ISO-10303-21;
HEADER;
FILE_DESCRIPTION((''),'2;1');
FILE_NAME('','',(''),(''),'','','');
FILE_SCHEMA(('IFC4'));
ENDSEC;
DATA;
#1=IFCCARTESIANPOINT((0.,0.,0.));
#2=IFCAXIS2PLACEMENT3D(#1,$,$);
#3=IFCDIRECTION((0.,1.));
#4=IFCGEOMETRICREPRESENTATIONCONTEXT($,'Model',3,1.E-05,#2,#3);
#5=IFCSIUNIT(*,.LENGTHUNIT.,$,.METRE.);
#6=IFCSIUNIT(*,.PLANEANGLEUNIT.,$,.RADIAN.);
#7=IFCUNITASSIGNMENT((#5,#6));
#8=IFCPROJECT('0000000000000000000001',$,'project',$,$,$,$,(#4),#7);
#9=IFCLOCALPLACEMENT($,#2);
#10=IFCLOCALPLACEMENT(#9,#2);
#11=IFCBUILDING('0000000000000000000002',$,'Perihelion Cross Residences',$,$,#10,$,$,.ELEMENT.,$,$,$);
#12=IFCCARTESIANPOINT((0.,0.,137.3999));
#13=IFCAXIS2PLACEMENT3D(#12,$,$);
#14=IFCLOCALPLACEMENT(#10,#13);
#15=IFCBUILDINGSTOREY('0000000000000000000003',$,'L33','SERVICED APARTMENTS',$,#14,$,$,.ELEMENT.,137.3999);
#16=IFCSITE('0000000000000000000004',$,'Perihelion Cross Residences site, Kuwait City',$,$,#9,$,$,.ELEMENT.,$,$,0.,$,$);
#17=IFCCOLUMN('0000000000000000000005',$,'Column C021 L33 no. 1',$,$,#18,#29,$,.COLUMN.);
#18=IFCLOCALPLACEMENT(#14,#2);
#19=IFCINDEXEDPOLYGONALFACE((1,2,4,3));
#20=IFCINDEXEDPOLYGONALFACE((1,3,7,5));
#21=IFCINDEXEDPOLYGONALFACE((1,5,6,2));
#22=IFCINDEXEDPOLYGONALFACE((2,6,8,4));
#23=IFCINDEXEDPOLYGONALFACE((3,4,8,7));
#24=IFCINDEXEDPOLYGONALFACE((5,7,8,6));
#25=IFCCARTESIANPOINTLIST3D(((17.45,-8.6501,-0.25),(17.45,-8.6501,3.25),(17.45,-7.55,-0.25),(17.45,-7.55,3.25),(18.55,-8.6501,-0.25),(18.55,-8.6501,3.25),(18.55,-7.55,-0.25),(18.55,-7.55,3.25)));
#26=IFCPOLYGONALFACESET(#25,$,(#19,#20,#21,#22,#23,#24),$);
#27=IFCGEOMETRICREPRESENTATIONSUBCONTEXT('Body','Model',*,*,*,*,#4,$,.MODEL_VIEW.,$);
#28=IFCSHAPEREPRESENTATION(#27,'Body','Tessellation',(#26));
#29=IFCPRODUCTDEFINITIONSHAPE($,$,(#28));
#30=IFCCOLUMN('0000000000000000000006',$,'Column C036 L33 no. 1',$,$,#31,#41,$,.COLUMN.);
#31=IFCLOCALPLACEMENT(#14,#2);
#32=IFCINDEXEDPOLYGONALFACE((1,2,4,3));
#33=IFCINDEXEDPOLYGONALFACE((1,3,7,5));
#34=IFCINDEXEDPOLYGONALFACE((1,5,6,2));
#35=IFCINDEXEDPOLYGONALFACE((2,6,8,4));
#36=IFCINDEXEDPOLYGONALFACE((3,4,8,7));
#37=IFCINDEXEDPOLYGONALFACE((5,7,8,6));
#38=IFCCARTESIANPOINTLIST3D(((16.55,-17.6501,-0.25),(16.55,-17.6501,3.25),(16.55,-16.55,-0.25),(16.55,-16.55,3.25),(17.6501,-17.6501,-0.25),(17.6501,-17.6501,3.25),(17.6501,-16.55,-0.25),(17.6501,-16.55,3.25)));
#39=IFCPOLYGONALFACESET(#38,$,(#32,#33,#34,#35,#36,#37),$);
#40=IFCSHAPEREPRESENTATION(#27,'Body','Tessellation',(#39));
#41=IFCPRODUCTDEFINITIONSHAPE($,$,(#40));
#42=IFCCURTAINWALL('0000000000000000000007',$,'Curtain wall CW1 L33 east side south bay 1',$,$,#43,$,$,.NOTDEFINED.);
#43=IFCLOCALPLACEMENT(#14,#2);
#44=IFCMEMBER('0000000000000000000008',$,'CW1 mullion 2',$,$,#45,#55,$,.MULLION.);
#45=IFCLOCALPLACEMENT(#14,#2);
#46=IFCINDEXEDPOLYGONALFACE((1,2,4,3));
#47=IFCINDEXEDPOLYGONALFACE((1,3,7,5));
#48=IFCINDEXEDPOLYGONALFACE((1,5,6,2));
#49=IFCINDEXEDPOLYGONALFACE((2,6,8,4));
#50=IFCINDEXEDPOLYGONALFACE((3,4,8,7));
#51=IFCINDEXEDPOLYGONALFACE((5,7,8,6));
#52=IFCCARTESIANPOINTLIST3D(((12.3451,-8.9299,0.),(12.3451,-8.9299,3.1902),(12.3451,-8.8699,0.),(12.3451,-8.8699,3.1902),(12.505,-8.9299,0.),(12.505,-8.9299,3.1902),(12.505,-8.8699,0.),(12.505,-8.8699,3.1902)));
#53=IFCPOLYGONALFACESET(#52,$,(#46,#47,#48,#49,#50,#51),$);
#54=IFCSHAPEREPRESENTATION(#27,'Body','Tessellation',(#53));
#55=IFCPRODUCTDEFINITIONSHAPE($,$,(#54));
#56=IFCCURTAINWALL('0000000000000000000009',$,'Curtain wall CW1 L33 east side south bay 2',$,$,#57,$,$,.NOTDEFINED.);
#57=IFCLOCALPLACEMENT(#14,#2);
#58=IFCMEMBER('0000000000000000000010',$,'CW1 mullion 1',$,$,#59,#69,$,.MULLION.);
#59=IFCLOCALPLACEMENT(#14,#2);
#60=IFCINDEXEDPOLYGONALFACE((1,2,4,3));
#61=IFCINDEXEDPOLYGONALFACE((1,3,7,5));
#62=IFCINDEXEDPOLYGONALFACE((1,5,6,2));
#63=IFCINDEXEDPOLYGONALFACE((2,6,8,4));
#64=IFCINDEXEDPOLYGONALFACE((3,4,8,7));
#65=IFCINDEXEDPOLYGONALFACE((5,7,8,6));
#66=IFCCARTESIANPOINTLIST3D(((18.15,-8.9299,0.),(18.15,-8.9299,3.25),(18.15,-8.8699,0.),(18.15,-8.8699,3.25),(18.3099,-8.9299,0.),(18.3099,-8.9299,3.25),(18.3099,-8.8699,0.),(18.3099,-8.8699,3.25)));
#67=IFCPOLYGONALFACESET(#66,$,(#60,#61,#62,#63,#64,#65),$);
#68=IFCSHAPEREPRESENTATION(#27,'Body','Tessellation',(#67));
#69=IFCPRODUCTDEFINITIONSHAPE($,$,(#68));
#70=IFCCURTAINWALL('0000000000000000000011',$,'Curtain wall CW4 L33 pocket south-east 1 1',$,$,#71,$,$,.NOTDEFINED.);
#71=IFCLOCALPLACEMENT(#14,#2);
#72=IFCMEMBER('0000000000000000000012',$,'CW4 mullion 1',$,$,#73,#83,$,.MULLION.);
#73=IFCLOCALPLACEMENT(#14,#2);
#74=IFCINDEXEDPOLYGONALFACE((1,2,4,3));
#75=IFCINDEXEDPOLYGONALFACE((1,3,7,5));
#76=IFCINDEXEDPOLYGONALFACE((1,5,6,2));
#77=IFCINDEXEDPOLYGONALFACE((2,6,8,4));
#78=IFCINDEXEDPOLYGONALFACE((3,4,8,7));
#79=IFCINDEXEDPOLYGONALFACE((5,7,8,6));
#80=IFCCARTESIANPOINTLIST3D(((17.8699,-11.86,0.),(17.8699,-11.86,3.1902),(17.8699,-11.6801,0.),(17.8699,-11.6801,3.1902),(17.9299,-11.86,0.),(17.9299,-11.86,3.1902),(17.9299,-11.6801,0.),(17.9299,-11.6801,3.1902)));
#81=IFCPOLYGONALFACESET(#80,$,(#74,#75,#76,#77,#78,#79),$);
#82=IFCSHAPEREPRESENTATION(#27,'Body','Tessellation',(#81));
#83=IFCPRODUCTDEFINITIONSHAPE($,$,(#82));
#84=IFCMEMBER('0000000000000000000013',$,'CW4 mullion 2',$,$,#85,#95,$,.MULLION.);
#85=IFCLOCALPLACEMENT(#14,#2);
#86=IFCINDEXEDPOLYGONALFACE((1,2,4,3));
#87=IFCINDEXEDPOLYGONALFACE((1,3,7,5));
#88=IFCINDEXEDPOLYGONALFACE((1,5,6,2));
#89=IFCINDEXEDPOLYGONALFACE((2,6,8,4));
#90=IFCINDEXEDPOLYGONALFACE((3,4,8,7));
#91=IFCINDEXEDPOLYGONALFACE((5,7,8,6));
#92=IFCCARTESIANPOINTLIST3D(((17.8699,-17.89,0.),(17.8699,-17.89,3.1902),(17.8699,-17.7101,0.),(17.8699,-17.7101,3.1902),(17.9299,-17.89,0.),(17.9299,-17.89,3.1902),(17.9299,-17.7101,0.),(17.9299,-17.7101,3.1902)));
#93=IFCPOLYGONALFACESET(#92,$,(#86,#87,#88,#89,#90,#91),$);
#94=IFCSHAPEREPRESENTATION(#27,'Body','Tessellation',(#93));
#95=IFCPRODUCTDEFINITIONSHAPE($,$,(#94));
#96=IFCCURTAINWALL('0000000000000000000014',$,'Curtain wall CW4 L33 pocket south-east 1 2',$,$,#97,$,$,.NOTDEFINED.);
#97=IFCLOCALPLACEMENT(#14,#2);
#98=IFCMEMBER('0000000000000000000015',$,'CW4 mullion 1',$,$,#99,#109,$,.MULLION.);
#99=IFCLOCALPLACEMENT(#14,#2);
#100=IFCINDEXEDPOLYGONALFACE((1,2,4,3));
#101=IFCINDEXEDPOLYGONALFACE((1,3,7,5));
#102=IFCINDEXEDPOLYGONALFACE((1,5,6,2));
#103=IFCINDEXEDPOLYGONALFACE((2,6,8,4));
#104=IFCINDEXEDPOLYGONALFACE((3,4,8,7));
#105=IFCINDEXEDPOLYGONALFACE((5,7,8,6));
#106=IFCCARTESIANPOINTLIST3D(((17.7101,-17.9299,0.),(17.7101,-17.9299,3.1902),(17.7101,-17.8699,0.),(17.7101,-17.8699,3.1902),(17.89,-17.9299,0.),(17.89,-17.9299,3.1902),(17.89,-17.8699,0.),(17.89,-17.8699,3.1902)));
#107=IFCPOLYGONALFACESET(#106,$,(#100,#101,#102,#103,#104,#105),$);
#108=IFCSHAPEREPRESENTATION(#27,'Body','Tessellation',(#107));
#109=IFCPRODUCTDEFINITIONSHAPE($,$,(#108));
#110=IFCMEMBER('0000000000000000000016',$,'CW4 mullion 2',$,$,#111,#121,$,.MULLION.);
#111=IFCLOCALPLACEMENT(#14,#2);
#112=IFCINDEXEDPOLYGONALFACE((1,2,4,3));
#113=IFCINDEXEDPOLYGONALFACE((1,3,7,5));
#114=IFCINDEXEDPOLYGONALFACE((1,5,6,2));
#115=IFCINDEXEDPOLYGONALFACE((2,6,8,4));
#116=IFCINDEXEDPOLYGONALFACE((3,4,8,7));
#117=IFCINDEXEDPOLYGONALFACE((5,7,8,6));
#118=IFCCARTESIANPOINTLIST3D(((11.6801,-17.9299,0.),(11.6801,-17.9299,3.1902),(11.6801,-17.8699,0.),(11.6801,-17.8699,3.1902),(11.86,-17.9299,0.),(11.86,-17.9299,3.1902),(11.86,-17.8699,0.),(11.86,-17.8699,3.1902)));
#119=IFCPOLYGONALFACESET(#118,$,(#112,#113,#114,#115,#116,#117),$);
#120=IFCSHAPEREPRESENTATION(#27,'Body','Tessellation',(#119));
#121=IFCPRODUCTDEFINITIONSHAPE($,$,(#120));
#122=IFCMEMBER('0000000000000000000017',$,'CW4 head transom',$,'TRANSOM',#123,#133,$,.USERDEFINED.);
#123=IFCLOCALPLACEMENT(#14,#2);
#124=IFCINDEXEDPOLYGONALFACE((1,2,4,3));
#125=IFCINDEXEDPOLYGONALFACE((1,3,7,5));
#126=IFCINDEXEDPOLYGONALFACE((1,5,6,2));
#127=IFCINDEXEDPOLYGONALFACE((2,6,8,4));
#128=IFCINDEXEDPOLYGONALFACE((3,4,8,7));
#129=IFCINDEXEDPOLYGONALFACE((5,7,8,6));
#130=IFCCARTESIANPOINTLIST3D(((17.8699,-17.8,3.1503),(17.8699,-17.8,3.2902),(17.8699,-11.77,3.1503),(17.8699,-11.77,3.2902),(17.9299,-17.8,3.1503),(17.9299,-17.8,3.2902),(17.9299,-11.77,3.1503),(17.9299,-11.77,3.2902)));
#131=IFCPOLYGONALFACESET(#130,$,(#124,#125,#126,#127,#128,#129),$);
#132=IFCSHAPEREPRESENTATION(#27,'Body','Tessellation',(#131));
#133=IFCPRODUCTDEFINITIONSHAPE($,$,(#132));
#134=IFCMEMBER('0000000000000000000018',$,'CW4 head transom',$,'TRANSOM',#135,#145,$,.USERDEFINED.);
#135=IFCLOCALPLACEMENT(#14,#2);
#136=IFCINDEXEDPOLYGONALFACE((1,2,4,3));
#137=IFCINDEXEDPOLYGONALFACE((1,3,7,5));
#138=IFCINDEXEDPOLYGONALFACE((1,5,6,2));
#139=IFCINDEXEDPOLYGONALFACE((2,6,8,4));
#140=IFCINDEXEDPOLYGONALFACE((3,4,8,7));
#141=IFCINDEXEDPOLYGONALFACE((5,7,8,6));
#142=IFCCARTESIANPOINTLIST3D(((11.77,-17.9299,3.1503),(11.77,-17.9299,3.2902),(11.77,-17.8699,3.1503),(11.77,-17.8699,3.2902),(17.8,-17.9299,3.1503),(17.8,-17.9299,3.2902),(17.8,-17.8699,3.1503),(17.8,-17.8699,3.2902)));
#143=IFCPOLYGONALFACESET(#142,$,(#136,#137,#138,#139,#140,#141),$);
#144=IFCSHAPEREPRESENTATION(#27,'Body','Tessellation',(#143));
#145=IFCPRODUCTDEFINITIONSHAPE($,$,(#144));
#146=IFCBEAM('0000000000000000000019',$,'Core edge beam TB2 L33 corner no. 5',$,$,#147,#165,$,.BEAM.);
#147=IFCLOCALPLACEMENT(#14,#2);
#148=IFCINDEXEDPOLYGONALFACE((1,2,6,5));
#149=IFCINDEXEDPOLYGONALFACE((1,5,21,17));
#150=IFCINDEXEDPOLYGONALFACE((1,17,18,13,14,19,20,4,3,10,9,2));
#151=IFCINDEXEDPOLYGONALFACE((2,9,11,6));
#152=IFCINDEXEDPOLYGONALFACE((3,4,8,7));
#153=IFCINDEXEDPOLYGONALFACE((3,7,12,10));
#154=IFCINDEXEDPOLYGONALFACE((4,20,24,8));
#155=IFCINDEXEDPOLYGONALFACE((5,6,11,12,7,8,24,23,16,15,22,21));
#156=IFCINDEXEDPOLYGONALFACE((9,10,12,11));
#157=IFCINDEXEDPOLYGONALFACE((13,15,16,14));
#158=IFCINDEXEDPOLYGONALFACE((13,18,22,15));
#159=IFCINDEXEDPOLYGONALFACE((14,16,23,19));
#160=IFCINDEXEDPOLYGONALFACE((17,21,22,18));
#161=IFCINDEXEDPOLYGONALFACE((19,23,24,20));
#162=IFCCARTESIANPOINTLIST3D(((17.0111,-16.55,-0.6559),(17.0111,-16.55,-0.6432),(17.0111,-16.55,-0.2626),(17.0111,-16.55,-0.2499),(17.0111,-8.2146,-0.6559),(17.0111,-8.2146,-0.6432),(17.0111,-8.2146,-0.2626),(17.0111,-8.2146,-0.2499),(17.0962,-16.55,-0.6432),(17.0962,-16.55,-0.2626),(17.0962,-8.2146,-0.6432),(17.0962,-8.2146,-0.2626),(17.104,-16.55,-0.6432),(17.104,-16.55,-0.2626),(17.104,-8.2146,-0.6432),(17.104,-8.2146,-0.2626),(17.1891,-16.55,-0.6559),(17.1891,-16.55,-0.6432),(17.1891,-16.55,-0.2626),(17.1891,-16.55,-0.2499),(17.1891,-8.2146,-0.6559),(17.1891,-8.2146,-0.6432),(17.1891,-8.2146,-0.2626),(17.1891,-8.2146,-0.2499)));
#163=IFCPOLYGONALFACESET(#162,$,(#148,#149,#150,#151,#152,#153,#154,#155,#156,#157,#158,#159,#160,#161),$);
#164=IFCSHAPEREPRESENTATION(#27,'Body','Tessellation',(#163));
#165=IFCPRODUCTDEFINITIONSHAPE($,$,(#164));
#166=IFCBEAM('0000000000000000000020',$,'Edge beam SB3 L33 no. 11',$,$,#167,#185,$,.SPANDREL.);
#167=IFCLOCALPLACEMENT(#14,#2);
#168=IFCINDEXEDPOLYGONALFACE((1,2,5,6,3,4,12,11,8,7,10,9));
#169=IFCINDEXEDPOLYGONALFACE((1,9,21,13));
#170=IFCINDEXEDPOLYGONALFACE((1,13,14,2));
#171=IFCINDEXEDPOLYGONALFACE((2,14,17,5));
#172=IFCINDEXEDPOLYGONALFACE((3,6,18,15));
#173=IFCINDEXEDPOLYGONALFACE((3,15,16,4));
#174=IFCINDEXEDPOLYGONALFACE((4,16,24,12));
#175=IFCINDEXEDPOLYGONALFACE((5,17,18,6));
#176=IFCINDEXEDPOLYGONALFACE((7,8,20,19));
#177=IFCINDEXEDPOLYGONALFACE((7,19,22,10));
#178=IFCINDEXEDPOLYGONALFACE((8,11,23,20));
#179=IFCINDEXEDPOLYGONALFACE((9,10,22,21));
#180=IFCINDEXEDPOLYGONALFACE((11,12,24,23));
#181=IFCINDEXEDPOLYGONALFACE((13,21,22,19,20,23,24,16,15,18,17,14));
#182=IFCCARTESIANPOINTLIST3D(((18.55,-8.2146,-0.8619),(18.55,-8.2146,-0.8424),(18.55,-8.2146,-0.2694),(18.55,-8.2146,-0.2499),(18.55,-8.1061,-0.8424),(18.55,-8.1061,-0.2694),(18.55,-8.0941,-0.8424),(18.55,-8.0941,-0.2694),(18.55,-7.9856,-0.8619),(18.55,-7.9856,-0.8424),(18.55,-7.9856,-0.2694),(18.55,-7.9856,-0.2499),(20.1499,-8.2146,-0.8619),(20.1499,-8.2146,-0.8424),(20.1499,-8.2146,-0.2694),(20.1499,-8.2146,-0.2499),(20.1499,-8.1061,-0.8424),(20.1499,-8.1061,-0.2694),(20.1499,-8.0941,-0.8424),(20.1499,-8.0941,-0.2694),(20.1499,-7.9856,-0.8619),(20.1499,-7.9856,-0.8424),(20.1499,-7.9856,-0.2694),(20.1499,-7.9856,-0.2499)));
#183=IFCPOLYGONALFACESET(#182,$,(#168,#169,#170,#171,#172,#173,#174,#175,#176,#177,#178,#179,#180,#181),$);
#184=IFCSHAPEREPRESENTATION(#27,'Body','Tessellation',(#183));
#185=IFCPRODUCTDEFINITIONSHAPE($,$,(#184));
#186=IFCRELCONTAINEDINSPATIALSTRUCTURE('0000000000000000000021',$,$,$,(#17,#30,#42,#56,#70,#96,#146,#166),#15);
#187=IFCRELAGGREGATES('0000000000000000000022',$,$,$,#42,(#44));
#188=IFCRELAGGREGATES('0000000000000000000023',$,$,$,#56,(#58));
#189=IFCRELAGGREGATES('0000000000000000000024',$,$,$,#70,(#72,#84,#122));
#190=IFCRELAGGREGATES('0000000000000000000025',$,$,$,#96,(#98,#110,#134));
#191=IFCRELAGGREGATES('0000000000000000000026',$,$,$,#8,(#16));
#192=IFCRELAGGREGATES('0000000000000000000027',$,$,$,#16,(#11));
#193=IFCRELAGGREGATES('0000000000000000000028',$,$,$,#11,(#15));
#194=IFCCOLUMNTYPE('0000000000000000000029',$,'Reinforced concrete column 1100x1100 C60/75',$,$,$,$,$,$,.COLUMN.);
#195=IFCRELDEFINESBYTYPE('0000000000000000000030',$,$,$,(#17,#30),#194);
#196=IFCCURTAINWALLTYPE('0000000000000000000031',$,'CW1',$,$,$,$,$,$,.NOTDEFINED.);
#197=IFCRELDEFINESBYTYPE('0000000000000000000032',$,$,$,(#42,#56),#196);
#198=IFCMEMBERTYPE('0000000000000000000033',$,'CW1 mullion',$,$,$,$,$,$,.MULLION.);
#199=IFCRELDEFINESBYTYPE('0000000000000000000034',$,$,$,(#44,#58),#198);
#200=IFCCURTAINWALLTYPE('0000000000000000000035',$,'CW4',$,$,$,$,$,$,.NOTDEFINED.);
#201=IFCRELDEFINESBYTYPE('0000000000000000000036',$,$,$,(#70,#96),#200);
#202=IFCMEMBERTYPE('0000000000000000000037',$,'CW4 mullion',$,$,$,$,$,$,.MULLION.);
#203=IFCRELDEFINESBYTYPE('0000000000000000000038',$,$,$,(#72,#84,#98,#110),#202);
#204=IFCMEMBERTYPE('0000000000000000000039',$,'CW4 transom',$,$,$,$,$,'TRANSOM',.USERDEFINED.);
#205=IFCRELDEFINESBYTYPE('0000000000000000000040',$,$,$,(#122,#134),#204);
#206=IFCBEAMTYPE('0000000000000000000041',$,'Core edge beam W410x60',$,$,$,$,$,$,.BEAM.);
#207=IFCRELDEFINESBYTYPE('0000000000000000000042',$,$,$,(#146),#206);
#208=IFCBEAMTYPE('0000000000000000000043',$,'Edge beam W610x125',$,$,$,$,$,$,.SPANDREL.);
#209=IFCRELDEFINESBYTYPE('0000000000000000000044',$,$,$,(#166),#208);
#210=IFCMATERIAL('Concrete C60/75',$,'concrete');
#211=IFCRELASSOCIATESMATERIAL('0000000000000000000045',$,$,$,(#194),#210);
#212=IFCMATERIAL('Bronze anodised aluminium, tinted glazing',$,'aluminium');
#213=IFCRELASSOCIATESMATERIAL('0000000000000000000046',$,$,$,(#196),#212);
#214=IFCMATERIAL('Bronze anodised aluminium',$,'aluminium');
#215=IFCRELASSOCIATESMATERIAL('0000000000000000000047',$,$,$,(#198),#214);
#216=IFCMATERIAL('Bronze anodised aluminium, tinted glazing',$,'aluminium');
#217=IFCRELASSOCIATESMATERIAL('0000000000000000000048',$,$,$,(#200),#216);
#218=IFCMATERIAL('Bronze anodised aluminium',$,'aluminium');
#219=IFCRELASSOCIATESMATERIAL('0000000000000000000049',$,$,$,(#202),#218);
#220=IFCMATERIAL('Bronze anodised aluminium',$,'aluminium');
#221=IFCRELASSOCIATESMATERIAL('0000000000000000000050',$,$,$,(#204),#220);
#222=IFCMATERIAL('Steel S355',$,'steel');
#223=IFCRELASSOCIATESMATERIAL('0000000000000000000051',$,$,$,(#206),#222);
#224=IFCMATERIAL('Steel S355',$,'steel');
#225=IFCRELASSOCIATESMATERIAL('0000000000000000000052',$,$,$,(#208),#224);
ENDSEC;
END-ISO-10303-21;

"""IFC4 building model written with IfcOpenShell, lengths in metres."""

from ifc_helpers import new_model, si_unit, direction, frame, origin, origin_2d, place, context, subcontext, project, spatial, rectangle, i_section, extrude, material, material_profile, profile_set, type_object, element, aggregate, save


model = new_model("IFC4")

# Units and contexts
model_context = context("Model", 3, precision=1e-05, world=origin(), true_north=direction((0.0, 1.0)))
body_context = subcontext(model_context, "Body", "Model", "MODEL_VIEW")
ifc_project = project(units=[si_unit("LENGTHUNIT", "METRE"), si_unit("PLANEANGLEUNIT", "RADIAN")], contexts=[model_context])

# Site, building, storey
site_placement = place(None, origin())
site = spatial("IfcSite", under=ifc_project, at=site_placement, Name="Perihelion Cross Residences site, Kuwait City", CompositionType="ELEMENT", RefElevation=0.0)
building_placement = place(site_placement, origin())
building = spatial("IfcBuilding", under=site, at=building_placement, Name="Perihelion Cross Residences", CompositionType="ELEMENT")
storey_placement = place(building_placement, frame((0.0, 0.0, 137.3999)))
storey = spatial("IfcBuildingStorey", under=building, at=storey_placement, Name="L33", Description="SERVICED APARTMENTS", CompositionType="ELEMENT", Elevation=137.3999)

# Columns
ifc_material_1 = material(Name="Concrete C60/75", Category="concrete")
ifc_material_profile_1 = material_profile(ifc_material_1, rectangle(XDim=1.1001, YDim=1.1001, at=origin_2d()), Name="RC 1100x1100")
ifc_profile_set_1 = profile_set([ifc_material_profile_1], Name="Concrete C60/75")
column_type = type_object("IfcColumnType", Name="Reinforced concrete column 1100x1100 C60/75", PredefinedType="COLUMN", material=ifc_profile_set_1)
for number, where, z_axis, x_axis, name in (
    (1, (18.0, -8.1001, -0.25), (0.0, 0.0, 1.0), (1.0, 0.0, 0.0), "Column C021 L33 no. 1"),
    (2, (17.1001, -17.1001, -0.25), (0.0, 0.0, 1.0), (1.0, 0.0, 0.0), "Column C036 L33 no. 1"),
):
    element("IfcColumn", number, at=place(storey_placement, frame(where, z_axis=z_axis, x_axis=x_axis)), inside=storey, type_object=column_type, Name=name, PredefinedType="COLUMN", context=body_context, shape_type="SweptSolid", body=[
        extrude(rectangle(XDim=1.1001, YDim=1.1001, at=origin_2d()), origin(), (0.0, 0.0, 1.0), 3.5),
    ])

# Curtain walls, members
ifc_material_2 = material(Name="Bronze anodised aluminium, tinted glazing", Category="aluminium")
curtain_wall_type_1 = type_object("IfcCurtainWallType", Name="CW1", PredefinedType="NOTDEFINED", material=ifc_material_2)
curtain_wall_1_placement = place(storey_placement, origin())
curtain_wall_1 = element("IfcCurtainWall", 3, at=curtain_wall_1_placement, inside=storey, type_object=curtain_wall_type_1, Name="Curtain wall CW1 L33 east side south bay 1", PredefinedType="NOTDEFINED")
ifc_material_3 = material(Name="Bronze anodised aluminium", Category="aluminium")
ifc_material_profile_2 = material_profile(ifc_material_3, rectangle(XDim=0.0601, YDim=0.1599, at=origin_2d()), Name="CW1 mullion")
ifc_profile_set_2 = profile_set([ifc_material_profile_2], Name="Bronze anodised aluminium")
member_type_1 = type_object("IfcMemberType", Name="CW1 mullion", PredefinedType="MULLION", material=ifc_profile_set_2)
member_1_placement = place(storey_placement, frame((12.425, -8.8999, 0.0), z_axis=(0.0, 0.0, 1.0), x_axis=(0.0, 1.0, 0.0)))
member_1 = element("IfcMember", 4, at=member_1_placement, type_object=member_type_1, Name="CW1 mullion 2", PredefinedType="MULLION", context=body_context, shape_type="SweptSolid", body=[
    extrude(rectangle(XDim=0.0601, YDim=0.1599, at=origin_2d()), origin(), (0.0, 0.0, 1.0), 3.1902),
])
curtain_wall_2_placement = place(storey_placement, origin())
curtain_wall_2 = element("IfcCurtainWall", 5, at=curtain_wall_2_placement, inside=storey, type_object=curtain_wall_type_1, Name="Curtain wall CW1 L33 east side south bay 2", PredefinedType="NOTDEFINED")
member_2_placement = place(storey_placement, frame((18.23, -8.8999, 0.0), z_axis=(0.0, 0.0, 1.0), x_axis=(0.0, 1.0, 0.0)))
member_2 = element("IfcMember", 6, at=member_2_placement, type_object=member_type_1, Name="CW1 mullion 1", PredefinedType="MULLION", context=body_context, shape_type="SweptSolid", body=[
    extrude(rectangle(XDim=0.0601, YDim=0.1599, at=origin_2d()), origin(), (0.0, 0.0, 1.0), 3.25),
])

# Curtain walls, members
ifc_material_4 = material(Name="Bronze anodised aluminium, tinted glazing", Category="aluminium")
curtain_wall_type_2 = type_object("IfcCurtainWallType", Name="CW4", PredefinedType="NOTDEFINED", material=ifc_material_4)
curtain_wall_3_placement = place(storey_placement, origin())
curtain_wall_3 = element("IfcCurtainWall", 7, at=curtain_wall_3_placement, inside=storey, type_object=curtain_wall_type_2, Name="Curtain wall CW4 L33 pocket south-east 1 1", PredefinedType="NOTDEFINED")
ifc_material_5 = material(Name="Bronze anodised aluminium", Category="aluminium")
ifc_material_profile_3 = material_profile(ifc_material_5, rectangle(XDim=0.0601, YDim=0.1799, at=origin_2d()), Name="CW4 mullion")
ifc_profile_set_3 = profile_set([ifc_material_profile_3], Name="Bronze anodised aluminium")
member_type_2 = type_object("IfcMemberType", Name="CW4 mullion", PredefinedType="MULLION", material=ifc_profile_set_3)
member_3_placement = place(storey_placement, frame((17.8999, -11.77, 0.0), z_axis=(0.0, 0.0, 1.0), x_axis=(1.0, 0.0, 0.0)))
member_3 = element("IfcMember", 8, at=member_3_placement, type_object=member_type_2, Name="CW4 mullion 1", PredefinedType="MULLION", context=body_context, shape_type="SweptSolid", body=[
    extrude(rectangle(XDim=0.0601, YDim=0.1799, at=origin_2d()), origin(), (0.0, 0.0, 1.0), 3.1902),
])
member_4_placement = place(storey_placement, frame((17.8999, -17.8, 0.0), z_axis=(0.0, 0.0, 1.0), x_axis=(1.0, 0.0, 0.0)))
member_4 = element("IfcMember", 9, at=member_4_placement, type_object=member_type_2, Name="CW4 mullion 2", PredefinedType="MULLION", context=body_context, shape_type="SweptSolid", body=[
    extrude(rectangle(XDim=0.0601, YDim=0.1799, at=origin_2d()), origin(), (0.0, 0.0, 1.0), 3.1902),
])
curtain_wall_4_placement = place(storey_placement, origin())
curtain_wall_4 = element("IfcCurtainWall", 10, at=curtain_wall_4_placement, inside=storey, type_object=curtain_wall_type_2, Name="Curtain wall CW4 L33 pocket south-east 1 2", PredefinedType="NOTDEFINED")
member_5_placement = place(storey_placement, frame((17.8, -17.8999, 0.0), z_axis=(0.0, 0.0, 1.0), x_axis=(0.0, -1.0, 0.0)))
member_5 = element("IfcMember", 11, at=member_5_placement, type_object=member_type_2, Name="CW4 mullion 1", PredefinedType="MULLION", context=body_context, shape_type="SweptSolid", body=[
    extrude(rectangle(XDim=0.0601, YDim=0.1799, at=origin_2d()), origin(), (0.0, 0.0, 1.0), 3.1902),
])
member_6_placement = place(storey_placement, frame((11.77, -17.8999, 0.0), z_axis=(0.0, 0.0, 1.0), x_axis=(0.0, -1.0, 0.0)))
member_6 = element("IfcMember", 12, at=member_6_placement, type_object=member_type_2, Name="CW4 mullion 2", PredefinedType="MULLION", context=body_context, shape_type="SweptSolid", body=[
    extrude(rectangle(XDim=0.0601, YDim=0.1799, at=origin_2d()), origin(), (0.0, 0.0, 1.0), 3.1902),
])

# Members
ifc_material_6 = material(Name="Bronze anodised aluminium", Category="aluminium")
ifc_material_profile_4 = material_profile(ifc_material_6, rectangle(XDim=0.0601, YDim=0.1399, at=origin_2d()), Name="CW4 transom")
ifc_profile_set_4 = profile_set([ifc_material_profile_4], Name="Bronze anodised aluminium")
member_type_3 = type_object("IfcMemberType", Name="CW4 transom", ElementType="TRANSOM", PredefinedType="USERDEFINED", material=ifc_profile_set_4)
member_7_placement = place(storey_placement, frame((17.8999, -11.77, 3.2202), z_axis=(0.0, -1.0, 0.0), x_axis=(1.0, 0.0, 0.0)))
member_7 = element("IfcMember", 13, at=member_7_placement, type_object=member_type_3, Name="CW4 head transom", ObjectType="TRANSOM", PredefinedType="USERDEFINED", context=body_context, shape_type="SweptSolid", body=[
    extrude(rectangle(XDim=0.0601, YDim=0.1399, at=origin_2d()), origin(), (0.0, 0.0, 1.0), 6.03),
])
member_8_placement = place(storey_placement, frame((17.8, -17.8999, 3.2202), z_axis=(-1.0, 0.0, 0.0), x_axis=(0.0, -1.0, 0.0)))
member_8 = element("IfcMember", 14, at=member_8_placement, type_object=member_type_3, Name="CW4 head transom", ObjectType="TRANSOM", PredefinedType="USERDEFINED", context=body_context, shape_type="SweptSolid", body=[
    extrude(rectangle(XDim=0.0601, YDim=0.1399, at=origin_2d()), origin(), (0.0, 0.0, 1.0), 6.03),
])

# Beams
ifc_material_7 = material(Name="Steel S355", Category="steel")
ifc_material_profile_5 = material_profile(ifc_material_7, i_section(OverallWidth=0.178, OverallDepth=0.406, WebThickness=0.0078, FlangeThickness=0.0127, at=origin_2d()), Name="W410x60")
ifc_profile_set_5 = profile_set([ifc_material_profile_5], Name="Steel S355")
beam_type_1 = type_object("IfcBeamType", Name="Core edge beam W410x60", PredefinedType="BEAM", material=ifc_profile_set_5)
beam_1_placement = place(storey_placement, frame((17.1001, -8.2146, -0.4529), z_axis=(0.0, -1.0, 0.0), x_axis=(1.0, 0.0, 0.0)))
element("IfcBeam", 15, at=beam_1_placement, inside=storey, type_object=beam_type_1, Name="Core edge beam TB2 L33 corner no. 5", PredefinedType="BEAM", context=body_context, shape_type="SweptSolid", body=[
    extrude(i_section(OverallWidth=0.178, OverallDepth=0.406, WebThickness=0.0078, FlangeThickness=0.0127, at=origin_2d()), origin(), (0.0, 0.0, 1.0), 8.3354),
])
ifc_material_8 = material(Name="Steel S355", Category="steel")
ifc_material_profile_6 = material_profile(ifc_material_8, i_section(OverallWidth=0.229, OverallDepth=0.6121, WebThickness=0.012, FlangeThickness=0.0195, at=origin_2d()), Name="W610x125")
ifc_profile_set_6 = profile_set([ifc_material_profile_6], Name="Steel S355")
beam_type_2 = type_object("IfcBeamType", Name="Edge beam W610x125", PredefinedType="SPANDREL", material=ifc_profile_set_6)
beam_2_placement = place(storey_placement, frame((18.55, -8.1001, -0.5559), z_axis=(1.0, 0.0, 0.0), x_axis=(0.0, 1.0, 0.0)))
element("IfcBeam", 16, at=beam_2_placement, inside=storey, type_object=beam_type_2, Name="Edge beam SB3 L33 no. 11", PredefinedType="SPANDREL", context=body_context, shape_type="SweptSolid", body=[
    extrude(i_section(OverallWidth=0.229, OverallDepth=0.6121, WebThickness=0.012, FlangeThickness=0.0195, at=origin_2d()), origin(), (0.0, 0.0, 1.0), 1.5999),
])

aggregate(curtain_wall_1, [member_1])
aggregate(curtain_wall_2, [member_2])
aggregate(curtain_wall_3, [member_3, member_4, member_7])
aggregate(curtain_wall_4, [member_5, member_6, member_8])

save(model, "model.ifc")
